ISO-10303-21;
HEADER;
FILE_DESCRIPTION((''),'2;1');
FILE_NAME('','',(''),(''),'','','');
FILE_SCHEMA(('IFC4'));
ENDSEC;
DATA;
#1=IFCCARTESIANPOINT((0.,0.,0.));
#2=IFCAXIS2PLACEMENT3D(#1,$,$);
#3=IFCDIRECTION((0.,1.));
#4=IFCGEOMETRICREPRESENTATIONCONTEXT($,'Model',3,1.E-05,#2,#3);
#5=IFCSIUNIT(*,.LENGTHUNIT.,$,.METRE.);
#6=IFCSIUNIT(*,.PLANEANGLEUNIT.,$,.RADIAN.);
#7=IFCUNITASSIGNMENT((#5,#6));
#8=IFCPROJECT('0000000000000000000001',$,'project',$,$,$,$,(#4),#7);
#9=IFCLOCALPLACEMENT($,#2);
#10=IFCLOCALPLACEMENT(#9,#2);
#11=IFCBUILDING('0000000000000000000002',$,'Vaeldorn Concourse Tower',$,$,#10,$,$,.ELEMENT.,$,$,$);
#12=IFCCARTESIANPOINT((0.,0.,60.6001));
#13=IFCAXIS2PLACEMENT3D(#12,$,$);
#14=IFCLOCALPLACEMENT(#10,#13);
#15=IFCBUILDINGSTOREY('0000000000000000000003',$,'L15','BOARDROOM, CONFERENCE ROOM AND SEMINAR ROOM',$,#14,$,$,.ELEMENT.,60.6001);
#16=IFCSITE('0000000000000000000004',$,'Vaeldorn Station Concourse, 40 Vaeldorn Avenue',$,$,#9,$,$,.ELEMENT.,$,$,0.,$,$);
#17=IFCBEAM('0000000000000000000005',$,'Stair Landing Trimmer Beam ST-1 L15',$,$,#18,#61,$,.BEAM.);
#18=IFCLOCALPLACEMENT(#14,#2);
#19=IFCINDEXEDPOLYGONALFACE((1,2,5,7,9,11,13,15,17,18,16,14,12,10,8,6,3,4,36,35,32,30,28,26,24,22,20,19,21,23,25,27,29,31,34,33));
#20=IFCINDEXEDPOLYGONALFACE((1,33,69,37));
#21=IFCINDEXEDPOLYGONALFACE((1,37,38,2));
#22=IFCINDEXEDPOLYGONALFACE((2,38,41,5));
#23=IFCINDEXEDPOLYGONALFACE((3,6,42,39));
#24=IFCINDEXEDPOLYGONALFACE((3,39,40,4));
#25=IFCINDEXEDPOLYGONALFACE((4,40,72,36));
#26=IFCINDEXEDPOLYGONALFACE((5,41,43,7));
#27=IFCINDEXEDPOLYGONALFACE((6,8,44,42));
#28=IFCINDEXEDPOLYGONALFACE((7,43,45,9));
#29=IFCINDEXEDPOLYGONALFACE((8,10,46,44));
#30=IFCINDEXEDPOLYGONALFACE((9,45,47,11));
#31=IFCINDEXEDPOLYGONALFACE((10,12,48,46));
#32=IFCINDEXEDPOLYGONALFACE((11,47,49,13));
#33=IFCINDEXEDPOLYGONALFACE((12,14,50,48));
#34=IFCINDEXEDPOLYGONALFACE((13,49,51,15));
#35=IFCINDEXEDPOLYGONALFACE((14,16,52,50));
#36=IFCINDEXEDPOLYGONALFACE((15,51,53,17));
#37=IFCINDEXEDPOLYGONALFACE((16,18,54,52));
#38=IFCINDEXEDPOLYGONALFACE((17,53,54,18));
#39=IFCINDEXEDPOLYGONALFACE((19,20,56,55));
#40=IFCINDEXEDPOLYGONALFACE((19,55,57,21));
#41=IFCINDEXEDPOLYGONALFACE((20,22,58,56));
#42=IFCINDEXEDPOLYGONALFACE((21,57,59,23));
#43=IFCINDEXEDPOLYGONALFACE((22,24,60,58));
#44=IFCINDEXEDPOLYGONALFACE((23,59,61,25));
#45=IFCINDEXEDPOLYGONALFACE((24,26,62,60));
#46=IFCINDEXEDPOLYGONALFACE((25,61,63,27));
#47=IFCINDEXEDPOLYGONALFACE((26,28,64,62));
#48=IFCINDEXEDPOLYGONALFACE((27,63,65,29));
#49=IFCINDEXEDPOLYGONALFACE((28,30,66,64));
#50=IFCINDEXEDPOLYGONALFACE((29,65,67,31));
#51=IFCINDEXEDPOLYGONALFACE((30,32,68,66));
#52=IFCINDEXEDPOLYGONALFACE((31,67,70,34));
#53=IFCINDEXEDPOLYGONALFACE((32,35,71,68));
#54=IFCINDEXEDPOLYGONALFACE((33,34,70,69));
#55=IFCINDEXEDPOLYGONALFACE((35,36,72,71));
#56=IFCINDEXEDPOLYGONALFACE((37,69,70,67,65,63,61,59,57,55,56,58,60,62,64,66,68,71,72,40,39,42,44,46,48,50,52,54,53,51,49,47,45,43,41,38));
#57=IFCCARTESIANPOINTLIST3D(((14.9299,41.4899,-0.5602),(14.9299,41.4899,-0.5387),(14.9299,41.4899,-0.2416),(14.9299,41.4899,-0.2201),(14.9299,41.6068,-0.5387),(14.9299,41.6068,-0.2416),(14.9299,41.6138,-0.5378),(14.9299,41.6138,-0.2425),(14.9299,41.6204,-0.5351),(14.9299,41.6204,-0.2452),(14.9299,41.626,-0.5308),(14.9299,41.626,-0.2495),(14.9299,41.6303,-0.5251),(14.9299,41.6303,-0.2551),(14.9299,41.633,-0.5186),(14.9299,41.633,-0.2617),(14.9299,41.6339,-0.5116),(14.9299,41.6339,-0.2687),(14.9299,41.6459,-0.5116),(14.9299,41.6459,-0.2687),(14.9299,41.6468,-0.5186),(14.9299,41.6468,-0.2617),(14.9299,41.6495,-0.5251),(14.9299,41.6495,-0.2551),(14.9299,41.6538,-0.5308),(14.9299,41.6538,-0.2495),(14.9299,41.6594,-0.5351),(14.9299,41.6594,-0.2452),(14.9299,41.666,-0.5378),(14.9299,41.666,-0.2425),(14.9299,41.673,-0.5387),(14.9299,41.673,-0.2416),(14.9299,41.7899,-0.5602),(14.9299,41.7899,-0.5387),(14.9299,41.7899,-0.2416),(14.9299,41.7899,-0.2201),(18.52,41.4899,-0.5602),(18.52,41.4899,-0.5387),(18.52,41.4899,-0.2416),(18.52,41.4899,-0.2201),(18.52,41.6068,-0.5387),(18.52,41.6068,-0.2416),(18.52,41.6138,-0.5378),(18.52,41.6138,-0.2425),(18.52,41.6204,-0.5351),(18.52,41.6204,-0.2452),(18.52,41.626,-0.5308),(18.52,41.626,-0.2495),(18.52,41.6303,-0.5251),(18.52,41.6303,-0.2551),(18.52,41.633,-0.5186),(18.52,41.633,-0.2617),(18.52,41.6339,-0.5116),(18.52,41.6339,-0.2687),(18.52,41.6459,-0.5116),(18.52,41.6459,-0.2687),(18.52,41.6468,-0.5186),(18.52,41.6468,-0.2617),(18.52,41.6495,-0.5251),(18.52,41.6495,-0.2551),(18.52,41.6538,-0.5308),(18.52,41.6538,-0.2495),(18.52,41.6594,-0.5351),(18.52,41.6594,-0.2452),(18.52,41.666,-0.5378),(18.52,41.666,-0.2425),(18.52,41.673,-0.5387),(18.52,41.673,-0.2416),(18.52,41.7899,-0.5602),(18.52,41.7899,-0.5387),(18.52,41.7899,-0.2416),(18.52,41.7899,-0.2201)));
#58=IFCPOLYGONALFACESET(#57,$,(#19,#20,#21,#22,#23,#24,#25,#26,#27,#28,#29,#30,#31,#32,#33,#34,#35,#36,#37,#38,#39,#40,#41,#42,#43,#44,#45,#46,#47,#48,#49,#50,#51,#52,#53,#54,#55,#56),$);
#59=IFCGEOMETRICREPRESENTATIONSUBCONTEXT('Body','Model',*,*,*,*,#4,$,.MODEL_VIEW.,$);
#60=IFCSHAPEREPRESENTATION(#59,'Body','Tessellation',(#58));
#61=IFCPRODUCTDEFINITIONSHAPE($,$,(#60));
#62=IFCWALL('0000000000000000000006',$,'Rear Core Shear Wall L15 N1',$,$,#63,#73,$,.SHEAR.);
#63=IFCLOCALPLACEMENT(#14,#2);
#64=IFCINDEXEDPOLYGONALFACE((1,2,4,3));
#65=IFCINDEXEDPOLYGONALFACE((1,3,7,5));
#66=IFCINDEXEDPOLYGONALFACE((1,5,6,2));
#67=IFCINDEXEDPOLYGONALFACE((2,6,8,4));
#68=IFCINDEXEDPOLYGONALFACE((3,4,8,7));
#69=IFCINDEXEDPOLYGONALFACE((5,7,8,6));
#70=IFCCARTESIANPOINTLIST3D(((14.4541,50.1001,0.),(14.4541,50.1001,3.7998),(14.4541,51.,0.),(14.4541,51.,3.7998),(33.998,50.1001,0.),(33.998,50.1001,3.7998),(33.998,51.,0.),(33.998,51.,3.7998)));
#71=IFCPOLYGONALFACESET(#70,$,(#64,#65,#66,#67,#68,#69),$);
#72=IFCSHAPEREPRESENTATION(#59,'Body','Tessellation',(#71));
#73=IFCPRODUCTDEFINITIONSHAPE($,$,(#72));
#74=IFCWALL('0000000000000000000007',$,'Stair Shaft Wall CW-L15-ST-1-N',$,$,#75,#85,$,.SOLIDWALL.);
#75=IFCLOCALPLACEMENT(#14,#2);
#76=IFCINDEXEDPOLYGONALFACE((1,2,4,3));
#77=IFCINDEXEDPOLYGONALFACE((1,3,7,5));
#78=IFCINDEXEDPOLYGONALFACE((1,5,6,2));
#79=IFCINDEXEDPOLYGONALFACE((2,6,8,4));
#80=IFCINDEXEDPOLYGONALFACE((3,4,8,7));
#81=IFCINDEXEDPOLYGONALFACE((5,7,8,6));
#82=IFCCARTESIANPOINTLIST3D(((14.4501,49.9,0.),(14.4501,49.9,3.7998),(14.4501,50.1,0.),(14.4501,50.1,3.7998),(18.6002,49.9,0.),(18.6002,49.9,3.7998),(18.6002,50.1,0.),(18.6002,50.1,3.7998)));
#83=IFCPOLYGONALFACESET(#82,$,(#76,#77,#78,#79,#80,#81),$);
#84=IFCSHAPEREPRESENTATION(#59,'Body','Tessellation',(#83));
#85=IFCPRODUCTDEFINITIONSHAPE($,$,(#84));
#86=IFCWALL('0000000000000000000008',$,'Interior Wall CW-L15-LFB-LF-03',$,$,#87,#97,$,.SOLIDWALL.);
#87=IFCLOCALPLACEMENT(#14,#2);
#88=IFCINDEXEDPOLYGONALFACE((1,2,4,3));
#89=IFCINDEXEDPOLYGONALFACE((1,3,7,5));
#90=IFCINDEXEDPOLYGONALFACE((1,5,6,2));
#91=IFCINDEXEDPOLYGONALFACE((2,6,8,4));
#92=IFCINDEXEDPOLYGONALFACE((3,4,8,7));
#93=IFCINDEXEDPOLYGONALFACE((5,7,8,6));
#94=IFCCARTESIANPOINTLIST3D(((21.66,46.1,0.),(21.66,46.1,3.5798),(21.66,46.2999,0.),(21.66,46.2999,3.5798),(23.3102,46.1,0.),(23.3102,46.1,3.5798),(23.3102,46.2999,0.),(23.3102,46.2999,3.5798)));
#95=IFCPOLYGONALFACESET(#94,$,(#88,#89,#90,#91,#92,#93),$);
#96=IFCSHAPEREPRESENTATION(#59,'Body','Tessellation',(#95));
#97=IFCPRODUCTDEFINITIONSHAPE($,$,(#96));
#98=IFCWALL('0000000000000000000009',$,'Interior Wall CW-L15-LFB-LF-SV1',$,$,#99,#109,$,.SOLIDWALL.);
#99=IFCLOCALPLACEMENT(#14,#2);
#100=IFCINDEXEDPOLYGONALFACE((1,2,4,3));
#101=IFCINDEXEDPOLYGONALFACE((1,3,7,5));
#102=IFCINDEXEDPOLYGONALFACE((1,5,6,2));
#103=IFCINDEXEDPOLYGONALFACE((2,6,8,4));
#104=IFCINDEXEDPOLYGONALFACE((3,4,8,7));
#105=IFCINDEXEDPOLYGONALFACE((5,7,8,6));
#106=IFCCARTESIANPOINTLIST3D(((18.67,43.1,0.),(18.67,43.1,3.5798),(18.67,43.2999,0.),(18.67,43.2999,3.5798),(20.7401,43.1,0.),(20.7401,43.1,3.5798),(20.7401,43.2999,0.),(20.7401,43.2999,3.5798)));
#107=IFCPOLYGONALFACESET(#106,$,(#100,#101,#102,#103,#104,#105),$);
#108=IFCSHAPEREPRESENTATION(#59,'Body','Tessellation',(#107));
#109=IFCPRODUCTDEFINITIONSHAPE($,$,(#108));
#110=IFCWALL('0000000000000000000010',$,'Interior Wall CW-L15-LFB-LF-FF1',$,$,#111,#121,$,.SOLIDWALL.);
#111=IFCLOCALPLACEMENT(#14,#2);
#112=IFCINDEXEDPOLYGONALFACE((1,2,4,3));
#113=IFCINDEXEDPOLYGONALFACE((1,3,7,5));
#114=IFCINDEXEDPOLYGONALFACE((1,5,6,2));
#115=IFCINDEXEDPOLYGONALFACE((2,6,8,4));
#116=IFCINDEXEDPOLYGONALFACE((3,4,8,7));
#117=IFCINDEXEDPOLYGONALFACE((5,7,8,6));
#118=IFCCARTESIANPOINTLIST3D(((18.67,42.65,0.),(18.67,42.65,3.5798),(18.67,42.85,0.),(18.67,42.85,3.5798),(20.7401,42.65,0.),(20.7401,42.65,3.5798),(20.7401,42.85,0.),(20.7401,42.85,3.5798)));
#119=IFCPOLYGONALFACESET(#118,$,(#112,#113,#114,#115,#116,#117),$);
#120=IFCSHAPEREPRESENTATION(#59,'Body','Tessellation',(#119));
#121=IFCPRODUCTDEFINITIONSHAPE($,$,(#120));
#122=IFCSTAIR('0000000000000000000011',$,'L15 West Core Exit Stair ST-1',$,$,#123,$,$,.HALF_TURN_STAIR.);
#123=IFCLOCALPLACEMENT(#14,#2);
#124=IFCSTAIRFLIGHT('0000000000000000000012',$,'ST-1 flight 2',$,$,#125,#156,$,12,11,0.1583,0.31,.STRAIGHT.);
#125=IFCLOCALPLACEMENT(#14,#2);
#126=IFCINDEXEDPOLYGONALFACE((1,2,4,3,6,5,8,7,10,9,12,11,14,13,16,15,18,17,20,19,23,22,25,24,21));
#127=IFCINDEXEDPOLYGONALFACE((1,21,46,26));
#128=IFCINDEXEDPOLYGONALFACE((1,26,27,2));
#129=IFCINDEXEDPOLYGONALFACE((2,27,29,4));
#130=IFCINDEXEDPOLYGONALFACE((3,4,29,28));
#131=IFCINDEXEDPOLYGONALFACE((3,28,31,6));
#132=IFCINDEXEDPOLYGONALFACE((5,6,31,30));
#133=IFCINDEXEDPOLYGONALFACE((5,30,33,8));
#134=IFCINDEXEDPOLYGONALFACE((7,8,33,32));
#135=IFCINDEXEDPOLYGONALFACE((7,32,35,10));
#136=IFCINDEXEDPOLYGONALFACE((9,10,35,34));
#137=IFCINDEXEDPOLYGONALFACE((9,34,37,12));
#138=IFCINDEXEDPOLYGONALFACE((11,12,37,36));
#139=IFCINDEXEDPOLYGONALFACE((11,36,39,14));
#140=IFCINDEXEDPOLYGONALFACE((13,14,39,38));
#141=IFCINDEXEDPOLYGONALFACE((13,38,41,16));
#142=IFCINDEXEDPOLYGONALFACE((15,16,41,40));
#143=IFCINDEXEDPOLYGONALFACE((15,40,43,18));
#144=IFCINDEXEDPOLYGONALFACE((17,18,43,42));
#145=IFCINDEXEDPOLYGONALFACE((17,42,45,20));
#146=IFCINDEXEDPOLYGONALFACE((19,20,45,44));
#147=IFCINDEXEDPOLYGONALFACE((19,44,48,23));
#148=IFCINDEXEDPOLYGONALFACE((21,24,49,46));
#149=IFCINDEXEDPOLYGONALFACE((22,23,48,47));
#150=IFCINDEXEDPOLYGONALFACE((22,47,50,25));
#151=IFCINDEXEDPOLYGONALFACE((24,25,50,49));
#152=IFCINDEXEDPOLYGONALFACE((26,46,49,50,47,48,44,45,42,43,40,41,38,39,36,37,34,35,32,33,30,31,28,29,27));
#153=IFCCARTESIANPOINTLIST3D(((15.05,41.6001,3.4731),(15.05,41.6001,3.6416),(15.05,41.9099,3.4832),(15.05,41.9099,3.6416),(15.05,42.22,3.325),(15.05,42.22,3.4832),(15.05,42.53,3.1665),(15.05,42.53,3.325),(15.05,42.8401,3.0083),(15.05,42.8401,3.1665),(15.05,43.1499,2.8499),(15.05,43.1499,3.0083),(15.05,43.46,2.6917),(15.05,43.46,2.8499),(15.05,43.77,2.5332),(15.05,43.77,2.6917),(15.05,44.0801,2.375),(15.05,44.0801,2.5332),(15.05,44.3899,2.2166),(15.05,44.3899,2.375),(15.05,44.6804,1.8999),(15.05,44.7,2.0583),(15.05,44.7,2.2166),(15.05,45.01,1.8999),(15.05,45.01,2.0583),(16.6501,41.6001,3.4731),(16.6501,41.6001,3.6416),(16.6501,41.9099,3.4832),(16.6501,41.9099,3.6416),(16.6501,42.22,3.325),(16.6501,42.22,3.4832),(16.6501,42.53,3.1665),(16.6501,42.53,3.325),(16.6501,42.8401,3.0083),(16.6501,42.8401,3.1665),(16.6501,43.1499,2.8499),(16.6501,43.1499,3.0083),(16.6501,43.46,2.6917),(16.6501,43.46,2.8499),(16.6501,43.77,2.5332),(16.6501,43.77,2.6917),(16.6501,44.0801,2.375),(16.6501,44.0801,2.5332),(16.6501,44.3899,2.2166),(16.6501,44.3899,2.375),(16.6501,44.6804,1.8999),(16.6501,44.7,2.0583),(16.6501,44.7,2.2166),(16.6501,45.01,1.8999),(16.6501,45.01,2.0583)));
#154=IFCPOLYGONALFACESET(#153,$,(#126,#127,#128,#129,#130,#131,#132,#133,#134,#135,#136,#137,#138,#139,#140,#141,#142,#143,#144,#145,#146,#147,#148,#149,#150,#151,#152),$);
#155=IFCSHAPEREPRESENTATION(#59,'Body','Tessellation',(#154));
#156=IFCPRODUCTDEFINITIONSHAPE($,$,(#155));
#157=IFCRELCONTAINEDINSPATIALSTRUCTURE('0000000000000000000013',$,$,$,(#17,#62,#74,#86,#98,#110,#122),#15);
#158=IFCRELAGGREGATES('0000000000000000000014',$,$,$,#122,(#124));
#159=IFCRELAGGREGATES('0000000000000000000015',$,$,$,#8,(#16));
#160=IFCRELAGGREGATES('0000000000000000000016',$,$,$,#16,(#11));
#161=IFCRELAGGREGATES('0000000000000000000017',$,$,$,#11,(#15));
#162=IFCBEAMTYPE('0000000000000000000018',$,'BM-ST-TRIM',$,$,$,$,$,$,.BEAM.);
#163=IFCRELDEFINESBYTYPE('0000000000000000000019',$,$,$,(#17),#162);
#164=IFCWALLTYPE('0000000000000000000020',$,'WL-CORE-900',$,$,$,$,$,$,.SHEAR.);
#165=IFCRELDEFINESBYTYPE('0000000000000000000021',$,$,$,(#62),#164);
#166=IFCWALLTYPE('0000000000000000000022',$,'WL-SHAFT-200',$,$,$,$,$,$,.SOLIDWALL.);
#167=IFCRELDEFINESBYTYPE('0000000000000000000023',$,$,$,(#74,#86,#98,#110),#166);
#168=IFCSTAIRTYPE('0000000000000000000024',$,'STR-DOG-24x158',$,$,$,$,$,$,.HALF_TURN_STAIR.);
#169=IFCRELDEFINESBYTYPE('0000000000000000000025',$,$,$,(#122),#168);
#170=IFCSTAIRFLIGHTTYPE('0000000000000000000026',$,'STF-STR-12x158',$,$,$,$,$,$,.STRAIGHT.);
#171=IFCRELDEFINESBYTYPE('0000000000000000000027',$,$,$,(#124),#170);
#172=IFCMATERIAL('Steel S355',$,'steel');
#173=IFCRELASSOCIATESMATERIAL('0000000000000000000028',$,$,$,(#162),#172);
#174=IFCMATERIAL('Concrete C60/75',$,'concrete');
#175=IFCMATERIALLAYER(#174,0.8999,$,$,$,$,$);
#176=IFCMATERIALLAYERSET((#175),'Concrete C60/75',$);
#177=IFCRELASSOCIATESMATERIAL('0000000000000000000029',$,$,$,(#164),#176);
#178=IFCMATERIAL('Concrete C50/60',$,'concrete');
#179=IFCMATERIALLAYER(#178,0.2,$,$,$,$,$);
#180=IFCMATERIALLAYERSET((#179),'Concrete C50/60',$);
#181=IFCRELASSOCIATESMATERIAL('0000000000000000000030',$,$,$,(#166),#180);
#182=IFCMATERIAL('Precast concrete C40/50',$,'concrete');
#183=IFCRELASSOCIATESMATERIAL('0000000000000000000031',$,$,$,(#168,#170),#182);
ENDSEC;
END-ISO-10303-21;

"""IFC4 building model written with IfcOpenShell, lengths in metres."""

from ifc_helpers import new_model, si_unit, direction, frame, frame_2d, origin, origin_2d, place, context, subcontext, project, spatial, polyline, rectangle, i_section, outline, extrude, source, transform, mapped, material, layer, layer_set, material_profile, profile_set, type_object, element, aggregate, save


model = new_model("IFC4")

# Units and contexts
model_context = context("Model", 3, precision=1e-05, world=origin(), true_north=direction((0.0, 1.0)))
body_context = subcontext(model_context, "Body", "Model", "MODEL_VIEW")
ifc_project = project(units=[si_unit("LENGTHUNIT", "METRE"), si_unit("PLANEANGLEUNIT", "RADIAN")], contexts=[model_context])

# Site, building, storey
site_placement = place(None, origin())
site = spatial("IfcSite", under=ifc_project, at=site_placement, Name="Vaeldorn Station Concourse, 40 Vaeldorn Avenue", CompositionType="ELEMENT", RefElevation=0.0)
building_placement = place(site_placement, origin())
building = spatial("IfcBuilding", under=site, at=building_placement, Name="Vaeldorn Concourse Tower", CompositionType="ELEMENT")
storey_placement = place(building_placement, frame((0.0, 0.0, 60.6001)))
storey = spatial("IfcBuildingStorey", under=building, at=storey_placement, Name="L15", Description="BOARDROOM, CONFERENCE ROOM AND SEMINAR ROOM", CompositionType="ELEMENT", Elevation=60.6001)

# Beam
ifc_material_1 = material(Name="Steel S355", Category="steel")
ifc_material_profile = material_profile(ifc_material_1, i_section(OverallWidth=0.3, OverallDepth=0.3401, WebThickness=0.012, FlangeThickness=0.0215, FilletRadius=0.0271, at=origin_2d()), Name="HEB 340")
ifc_profile_set = profile_set([ifc_material_profile], Name="Steel S355")
beam_type = type_object("IfcBeamType", Name="BM-ST-TRIM", PredefinedType="BEAM", material=ifc_profile_set)
shared_shape_1 = source(origin(), body_context, "Body", "SweptSolid", [
    extrude(i_section(OverallWidth=0.3, OverallDepth=0.3401, WebThickness=0.012, FlangeThickness=0.0215, FilletRadius=0.0271, at=origin_2d()), origin(), (0.0, 0.0, 1.0), 3.5901),
])
beam_placement = place(storey_placement, frame((14.9299, 41.6399, -0.3901), z_axis=(1.0, 0.0, 0.0), x_axis=(0.0, 1.0, 0.0)))
element("IfcBeam", 1, at=beam_placement, inside=storey, type_object=beam_type, Name="Stair Landing Trimmer Beam ST-1 L15", PredefinedType="BEAM", context=body_context, shape_type="MappedRepresentation", body=[
    mapped(shared_shape_1, transform((0.0, 0.0, 0.0), scale=1.0)),
])

# Walls
ifc_material_2 = material(Name="Concrete C60/75", Category="concrete")
ifc_layer_1 = layer(ifc_material_2, 0.8999)
ifc_layer_set_1 = layer_set([ifc_layer_1], Name="Concrete C60/75")
wall_type_1 = type_object("IfcWallType", Name="WL-CORE-900", PredefinedType="SHEAR", material=ifc_layer_set_1)
wall_1_placement = place(storey_placement, frame((14.4541, 50.55, 0.0), z_axis=(0.0, 0.0, 1.0), x_axis=(1.0, 0.0, 0.0)))
element("IfcWall", 2, at=wall_1_placement, inside=storey, type_object=wall_type_1, Name="Rear Core Shear Wall L15 N1", PredefinedType="SHEAR", context=body_context, shape_type="SweptSolid", body=[
    extrude(rectangle(XDim=19.5439, YDim=0.8999, at=frame_2d((9.772, 0.0))), origin(), (0.0, 0.0, 1.0), 3.7998),
])
ifc_material_3 = material(Name="Concrete C50/60", Category="concrete")
ifc_layer_2 = layer(ifc_material_3, 0.2)
ifc_layer_set_2 = layer_set([ifc_layer_2], Name="Concrete C50/60")
wall_type_2 = type_object("IfcWallType", Name="WL-SHAFT-200", PredefinedType="SOLIDWALL", material=ifc_layer_set_2)
wall_2_placement = place(storey_placement, frame((14.45, 50.0, 0.0), z_axis=(0.0, 0.0, 1.0), x_axis=(1.0, 0.0, 0.0)))
element("IfcWall", 3, at=wall_2_placement, inside=storey, type_object=wall_type_2, Name="Stair Shaft Wall CW-L15-ST-1-N", PredefinedType="SOLIDWALL", context=body_context, shape_type="SweptSolid", body=[
    extrude(rectangle(XDim=4.1501, YDim=0.2, at=frame_2d((2.0752, 0.0))), origin(), (0.0, 0.0, 1.0), 3.7998),
])

# Wall
wall_3_placement = place(storey_placement, frame((21.6599, 46.2, 0.0), z_axis=(0.0, 0.0, 1.0), x_axis=(1.0, 0.0, 0.0)))
element("IfcWall", 4, at=wall_3_placement, inside=storey, type_object=wall_type_2, Name="Interior Wall CW-L15-LFB-LF-03", PredefinedType="SOLIDWALL", context=body_context, shape_type="SweptSolid", body=[
    extrude(rectangle(XDim=1.6501, YDim=0.2, at=frame_2d((0.8252, 0.0))), origin(), (0.0, 0.0, 1.0), 3.5798),
])

# Walls
for number, where, z_axis, x_axis, name in (
    (5, (18.6699, 43.2, 0.0), (0.0, 0.0, 1.0), (1.0, 0.0, 0.0), "Interior Wall CW-L15-LFB-LF-SV1"),
    (6, (18.6699, 42.75, 0.0), (0.0, 0.0, 1.0), (1.0, 0.0, 0.0), "Interior Wall CW-L15-LFB-LF-FF1"),
):
    element("IfcWall", number, at=place(storey_placement, frame(where, z_axis=z_axis, x_axis=x_axis)), inside=storey, type_object=wall_type_2, Name=name, PredefinedType="SOLIDWALL", context=body_context, shape_type="SweptSolid", body=[
        extrude(rectangle(XDim=2.0701, YDim=0.2, at=frame_2d((1.0352, 0.0))), origin(), (0.0, 0.0, 1.0), 3.5798),
    ])

# Stair, stair flight
ifc_material_4 = material(Name="Precast concrete C40/50", Category="concrete")
stair_type = type_object("IfcStairType", Name="STR-DOG-24x158", PredefinedType="HALF_TURN_STAIR", material=ifc_material_4)
stair_placement = place(storey_placement, origin())
stair = element("IfcStair", 7, at=stair_placement, inside=storey, type_object=stair_type, Name="L15 West Core Exit Stair ST-1", PredefinedType="HALF_TURN_STAIR")
stair_flight_type = type_object("IfcStairFlightType", Name="STF-STR-12x158", PredefinedType="STRAIGHT", material=ifc_material_4)
stair_flight_placement = place(storey_placement, frame((15.8501, 45.01, 1.8999), z_axis=(0.0, 0.0, 1.0), x_axis=(0.0, -1.0, 0.0)))
stair_flight = element("IfcStairFlight", 8, at=stair_flight_placement, type_object=stair_flight_type, Name="ST-1 flight 2", NumberOfRisers=12, NumberOfTreads=11, PredefinedType="STRAIGHT", RiserHeight=0.1583, TreadLength=0.31, context=body_context, shape_type="SweptSolid", body=[
    extrude(outline(polyline([(0.0, 0.0), (0.0, 0.1584), (0.3101, 0.1584), (0.3101, 0.3167), (0.6201, 0.3167), (0.6201, 0.4751), (0.9299, 0.4751), (0.9299, 0.6333), (1.24, 0.6333), (1.24, 0.7917), (1.55, 0.7917), (1.55, 0.95), (1.8601, 0.95), (1.8601, 1.1084), (2.1699, 1.1084), (2.1699, 1.2666), (2.48, 1.2666), (2.48, 1.425), (2.79, 1.425), (2.79, 1.5833), (3.1001, 1.5833), (3.1001, 1.7417), (3.4099, 1.7417), (3.4099, 1.8999), (3.4099, 1.5732), (0.3296, 0.0), (0.0, 0.0)])), frame((0.0, 0.8, 0.0), z_axis=(0.0, -1.0, 0.0), x_axis=(1.0, 0.0, 0.0)), (0.0, 0.0, 1.0), 1.6001),
])
aggregate(stair, [stair_flight])

save(model, "model.ifc")
